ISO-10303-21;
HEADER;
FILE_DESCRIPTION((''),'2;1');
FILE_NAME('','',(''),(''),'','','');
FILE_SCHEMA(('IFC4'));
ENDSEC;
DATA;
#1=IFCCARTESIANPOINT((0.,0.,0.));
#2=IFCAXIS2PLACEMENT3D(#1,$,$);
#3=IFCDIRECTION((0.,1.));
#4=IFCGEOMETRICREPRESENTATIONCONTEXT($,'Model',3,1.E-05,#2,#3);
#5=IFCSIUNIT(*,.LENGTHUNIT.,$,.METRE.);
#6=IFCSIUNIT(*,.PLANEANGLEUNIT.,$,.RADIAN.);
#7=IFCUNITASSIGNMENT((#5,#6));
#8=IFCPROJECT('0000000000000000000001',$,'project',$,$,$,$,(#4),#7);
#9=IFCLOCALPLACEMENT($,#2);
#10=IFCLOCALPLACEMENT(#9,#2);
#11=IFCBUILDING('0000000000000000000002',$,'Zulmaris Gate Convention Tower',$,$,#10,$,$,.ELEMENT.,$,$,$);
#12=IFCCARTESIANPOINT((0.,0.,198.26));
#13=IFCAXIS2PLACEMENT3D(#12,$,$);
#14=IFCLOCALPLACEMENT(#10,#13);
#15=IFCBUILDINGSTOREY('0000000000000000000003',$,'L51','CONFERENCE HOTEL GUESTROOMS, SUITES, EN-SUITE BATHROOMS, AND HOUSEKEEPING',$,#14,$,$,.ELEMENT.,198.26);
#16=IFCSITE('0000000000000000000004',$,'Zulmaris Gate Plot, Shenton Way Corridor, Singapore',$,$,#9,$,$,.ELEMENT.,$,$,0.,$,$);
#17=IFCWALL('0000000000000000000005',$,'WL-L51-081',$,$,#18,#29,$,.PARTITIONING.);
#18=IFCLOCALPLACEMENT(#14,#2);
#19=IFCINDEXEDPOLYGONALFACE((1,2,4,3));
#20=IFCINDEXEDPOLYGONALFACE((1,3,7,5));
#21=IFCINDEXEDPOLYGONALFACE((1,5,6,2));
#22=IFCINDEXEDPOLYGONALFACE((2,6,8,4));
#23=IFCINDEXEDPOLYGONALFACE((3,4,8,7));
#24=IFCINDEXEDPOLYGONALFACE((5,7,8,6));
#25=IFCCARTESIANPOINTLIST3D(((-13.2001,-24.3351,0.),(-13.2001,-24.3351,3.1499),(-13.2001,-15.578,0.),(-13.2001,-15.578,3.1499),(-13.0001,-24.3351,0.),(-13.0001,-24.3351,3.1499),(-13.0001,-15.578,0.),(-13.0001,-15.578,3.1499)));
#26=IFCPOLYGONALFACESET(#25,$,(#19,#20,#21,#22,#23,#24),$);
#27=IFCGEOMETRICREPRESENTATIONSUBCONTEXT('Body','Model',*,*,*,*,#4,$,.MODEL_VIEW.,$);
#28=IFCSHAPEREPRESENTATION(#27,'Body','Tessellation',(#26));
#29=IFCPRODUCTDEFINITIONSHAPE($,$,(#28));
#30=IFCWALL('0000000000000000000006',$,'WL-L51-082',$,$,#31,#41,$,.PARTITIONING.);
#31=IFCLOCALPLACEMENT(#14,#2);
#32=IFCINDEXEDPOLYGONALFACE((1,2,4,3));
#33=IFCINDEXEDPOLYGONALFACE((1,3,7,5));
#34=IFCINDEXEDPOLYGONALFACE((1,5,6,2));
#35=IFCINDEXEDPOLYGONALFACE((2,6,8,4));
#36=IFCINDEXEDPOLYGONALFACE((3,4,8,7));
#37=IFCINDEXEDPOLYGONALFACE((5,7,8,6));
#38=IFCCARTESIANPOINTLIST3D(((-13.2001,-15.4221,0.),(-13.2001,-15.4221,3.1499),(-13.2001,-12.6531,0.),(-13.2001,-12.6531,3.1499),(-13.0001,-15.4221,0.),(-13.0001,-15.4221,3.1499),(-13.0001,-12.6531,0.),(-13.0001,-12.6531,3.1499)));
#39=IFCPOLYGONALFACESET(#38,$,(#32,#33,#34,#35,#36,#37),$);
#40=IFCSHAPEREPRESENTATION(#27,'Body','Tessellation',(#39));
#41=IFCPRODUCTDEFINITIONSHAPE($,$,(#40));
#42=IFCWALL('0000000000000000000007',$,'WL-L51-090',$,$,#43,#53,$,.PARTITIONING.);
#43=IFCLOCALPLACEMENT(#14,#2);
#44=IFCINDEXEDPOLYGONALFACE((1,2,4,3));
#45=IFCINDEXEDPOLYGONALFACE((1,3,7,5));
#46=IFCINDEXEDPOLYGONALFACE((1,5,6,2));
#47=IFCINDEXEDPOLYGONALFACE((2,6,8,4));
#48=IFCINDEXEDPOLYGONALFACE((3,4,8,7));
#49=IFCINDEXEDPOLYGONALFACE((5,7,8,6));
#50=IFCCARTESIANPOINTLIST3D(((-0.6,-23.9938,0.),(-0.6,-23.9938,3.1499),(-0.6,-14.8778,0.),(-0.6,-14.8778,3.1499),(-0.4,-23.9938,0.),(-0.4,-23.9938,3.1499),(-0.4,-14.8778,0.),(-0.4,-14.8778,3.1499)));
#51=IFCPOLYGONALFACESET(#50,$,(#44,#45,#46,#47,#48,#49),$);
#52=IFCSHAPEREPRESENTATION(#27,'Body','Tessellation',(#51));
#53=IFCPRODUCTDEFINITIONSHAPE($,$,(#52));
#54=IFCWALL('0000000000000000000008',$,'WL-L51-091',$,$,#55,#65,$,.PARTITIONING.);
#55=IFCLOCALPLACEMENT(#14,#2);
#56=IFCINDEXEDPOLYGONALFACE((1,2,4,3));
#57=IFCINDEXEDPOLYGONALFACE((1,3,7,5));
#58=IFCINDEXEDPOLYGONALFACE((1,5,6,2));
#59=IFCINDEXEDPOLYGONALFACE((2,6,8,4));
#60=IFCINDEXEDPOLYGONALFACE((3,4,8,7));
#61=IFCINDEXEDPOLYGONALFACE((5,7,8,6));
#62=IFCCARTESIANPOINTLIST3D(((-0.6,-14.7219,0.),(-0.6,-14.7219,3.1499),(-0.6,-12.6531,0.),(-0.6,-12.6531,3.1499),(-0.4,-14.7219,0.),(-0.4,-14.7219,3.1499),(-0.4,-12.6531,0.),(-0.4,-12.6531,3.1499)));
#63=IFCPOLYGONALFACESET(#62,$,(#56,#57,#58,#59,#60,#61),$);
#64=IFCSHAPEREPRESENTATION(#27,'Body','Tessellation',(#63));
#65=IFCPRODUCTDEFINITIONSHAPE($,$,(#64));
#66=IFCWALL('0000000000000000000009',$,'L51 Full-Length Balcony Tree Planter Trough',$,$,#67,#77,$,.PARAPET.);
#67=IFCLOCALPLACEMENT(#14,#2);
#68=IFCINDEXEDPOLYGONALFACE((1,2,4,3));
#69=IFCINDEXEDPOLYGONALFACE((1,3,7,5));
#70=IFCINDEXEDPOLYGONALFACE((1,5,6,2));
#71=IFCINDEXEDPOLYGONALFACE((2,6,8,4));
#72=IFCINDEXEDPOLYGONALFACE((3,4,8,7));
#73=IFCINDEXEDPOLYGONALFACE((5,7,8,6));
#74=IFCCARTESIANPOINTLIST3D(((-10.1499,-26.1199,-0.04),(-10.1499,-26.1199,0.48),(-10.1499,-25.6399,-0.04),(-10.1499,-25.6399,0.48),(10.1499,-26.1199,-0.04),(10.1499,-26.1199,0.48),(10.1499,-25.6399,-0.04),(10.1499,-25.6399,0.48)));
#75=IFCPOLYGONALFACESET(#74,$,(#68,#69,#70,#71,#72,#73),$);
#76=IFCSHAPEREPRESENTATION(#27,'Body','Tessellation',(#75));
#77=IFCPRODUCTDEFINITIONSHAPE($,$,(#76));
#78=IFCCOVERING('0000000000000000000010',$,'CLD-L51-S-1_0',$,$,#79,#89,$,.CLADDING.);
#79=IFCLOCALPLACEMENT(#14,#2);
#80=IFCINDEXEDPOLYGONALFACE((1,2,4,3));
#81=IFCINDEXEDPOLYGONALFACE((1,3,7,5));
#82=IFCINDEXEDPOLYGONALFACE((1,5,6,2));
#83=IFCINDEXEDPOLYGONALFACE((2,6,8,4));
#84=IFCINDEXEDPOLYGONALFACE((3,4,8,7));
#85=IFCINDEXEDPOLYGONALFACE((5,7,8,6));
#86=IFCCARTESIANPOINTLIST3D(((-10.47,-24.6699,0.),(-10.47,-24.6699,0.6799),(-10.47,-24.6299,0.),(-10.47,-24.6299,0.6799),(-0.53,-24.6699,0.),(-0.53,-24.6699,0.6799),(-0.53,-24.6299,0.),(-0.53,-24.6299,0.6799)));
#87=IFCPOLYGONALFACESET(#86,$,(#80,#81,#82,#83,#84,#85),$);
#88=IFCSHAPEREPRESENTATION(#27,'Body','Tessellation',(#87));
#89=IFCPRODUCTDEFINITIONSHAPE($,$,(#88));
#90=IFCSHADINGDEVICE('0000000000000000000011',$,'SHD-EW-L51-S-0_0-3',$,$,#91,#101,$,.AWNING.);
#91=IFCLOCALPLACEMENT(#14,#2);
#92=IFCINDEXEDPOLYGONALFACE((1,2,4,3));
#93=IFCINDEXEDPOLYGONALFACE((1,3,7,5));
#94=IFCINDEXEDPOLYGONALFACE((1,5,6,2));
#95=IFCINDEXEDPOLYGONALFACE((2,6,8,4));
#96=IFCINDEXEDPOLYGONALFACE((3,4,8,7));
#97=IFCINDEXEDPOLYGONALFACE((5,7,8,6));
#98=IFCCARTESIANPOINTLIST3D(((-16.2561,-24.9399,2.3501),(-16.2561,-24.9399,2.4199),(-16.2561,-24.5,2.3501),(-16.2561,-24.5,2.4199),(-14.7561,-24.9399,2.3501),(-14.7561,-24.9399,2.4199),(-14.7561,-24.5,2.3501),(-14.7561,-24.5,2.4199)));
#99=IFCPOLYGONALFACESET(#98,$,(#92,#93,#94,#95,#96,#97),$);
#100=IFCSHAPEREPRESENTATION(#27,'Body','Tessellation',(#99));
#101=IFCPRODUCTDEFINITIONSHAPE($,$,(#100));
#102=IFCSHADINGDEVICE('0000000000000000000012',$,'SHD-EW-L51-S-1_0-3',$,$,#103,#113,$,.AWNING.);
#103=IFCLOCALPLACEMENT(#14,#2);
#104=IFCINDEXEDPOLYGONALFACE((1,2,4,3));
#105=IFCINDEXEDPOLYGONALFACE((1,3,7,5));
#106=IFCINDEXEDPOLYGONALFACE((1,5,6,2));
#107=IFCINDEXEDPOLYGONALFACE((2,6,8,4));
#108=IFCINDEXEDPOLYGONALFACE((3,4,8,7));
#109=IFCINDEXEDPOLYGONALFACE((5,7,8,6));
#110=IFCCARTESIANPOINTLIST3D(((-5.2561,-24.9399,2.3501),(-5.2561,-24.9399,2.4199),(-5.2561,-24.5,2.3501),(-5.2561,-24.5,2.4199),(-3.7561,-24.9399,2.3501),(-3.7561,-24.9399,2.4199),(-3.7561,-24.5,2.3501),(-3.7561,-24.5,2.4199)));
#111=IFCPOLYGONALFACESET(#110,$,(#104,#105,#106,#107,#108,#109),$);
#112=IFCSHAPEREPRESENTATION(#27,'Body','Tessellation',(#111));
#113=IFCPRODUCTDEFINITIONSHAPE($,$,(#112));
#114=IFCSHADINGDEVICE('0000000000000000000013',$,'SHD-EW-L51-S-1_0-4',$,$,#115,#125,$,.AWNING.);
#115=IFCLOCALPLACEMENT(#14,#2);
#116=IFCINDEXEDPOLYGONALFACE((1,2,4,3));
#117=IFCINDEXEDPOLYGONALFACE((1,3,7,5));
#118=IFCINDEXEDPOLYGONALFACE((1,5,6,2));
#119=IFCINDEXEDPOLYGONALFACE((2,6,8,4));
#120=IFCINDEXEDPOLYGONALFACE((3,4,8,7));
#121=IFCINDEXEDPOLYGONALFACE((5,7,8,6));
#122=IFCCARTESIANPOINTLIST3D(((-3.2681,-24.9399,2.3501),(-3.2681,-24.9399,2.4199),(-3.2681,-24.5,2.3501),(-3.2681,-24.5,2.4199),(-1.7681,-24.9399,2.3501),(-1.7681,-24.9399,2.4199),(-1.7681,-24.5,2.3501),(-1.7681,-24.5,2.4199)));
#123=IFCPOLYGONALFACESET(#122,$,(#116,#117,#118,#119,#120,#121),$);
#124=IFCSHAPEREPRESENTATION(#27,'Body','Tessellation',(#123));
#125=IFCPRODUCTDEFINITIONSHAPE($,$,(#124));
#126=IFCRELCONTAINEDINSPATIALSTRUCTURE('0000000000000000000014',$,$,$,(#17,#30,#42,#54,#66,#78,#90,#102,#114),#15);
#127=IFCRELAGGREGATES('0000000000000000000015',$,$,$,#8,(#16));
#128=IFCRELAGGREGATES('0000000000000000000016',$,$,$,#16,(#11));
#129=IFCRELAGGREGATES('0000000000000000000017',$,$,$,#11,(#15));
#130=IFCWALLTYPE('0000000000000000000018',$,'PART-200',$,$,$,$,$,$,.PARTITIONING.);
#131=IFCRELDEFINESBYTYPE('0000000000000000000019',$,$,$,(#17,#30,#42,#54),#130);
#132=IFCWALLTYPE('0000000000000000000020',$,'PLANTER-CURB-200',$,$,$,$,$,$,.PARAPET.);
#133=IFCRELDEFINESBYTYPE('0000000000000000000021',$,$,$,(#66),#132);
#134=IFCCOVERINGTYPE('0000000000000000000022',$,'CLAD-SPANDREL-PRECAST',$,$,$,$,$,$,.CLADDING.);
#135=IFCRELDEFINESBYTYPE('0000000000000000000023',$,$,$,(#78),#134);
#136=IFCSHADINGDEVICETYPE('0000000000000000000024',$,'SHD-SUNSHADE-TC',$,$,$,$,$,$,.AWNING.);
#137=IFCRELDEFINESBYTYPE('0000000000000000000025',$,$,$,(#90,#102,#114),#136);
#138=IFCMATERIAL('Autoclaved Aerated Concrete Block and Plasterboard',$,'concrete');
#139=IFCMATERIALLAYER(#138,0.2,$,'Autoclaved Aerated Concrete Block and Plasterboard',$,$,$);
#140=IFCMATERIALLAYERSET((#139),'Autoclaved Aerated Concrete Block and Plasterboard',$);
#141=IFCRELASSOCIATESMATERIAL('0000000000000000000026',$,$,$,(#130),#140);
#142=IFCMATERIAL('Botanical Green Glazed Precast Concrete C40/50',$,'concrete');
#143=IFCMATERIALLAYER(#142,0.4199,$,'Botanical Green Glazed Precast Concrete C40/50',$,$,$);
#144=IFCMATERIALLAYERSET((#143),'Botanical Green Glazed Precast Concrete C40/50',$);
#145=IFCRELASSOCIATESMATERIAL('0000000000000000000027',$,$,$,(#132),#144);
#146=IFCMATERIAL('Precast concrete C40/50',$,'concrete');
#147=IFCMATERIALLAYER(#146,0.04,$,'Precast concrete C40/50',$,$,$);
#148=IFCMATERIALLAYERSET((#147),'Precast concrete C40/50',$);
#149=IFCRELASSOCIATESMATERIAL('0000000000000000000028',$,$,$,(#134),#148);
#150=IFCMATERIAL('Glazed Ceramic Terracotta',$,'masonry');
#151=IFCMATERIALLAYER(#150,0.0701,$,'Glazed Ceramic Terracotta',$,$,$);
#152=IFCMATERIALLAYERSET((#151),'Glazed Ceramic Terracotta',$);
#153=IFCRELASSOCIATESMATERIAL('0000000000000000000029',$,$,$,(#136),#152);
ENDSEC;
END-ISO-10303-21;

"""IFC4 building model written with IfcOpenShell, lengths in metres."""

from ifc_helpers import new_model, si_unit, direction, frame, frame_2d, origin, place, context, subcontext, project, spatial, rectangle, extrude, material, layer, layer_set, type_object, element, save


model = new_model("IFC4")

# Units and contexts
model_context = context("Model", 3, precision=1e-05, world=origin(), true_north=direction((0.0, 1.0)))
body_context = subcontext(model_context, "Body", "Model", "MODEL_VIEW")
ifc_project = project(units=[si_unit("LENGTHUNIT", "METRE"), si_unit("PLANEANGLEUNIT", "RADIAN")], contexts=[model_context])

# Site, building, storey
site_placement = place(None, origin())
site = spatial("IfcSite", under=ifc_project, at=site_placement, Name="Zulmaris Gate Plot, Shenton Way Corridor, Singapore", CompositionType="ELEMENT", RefElevation=0.0)
building_placement = place(site_placement, origin())
building = spatial("IfcBuilding", under=site, at=building_placement, Name="Zulmaris Gate Convention Tower", CompositionType="ELEMENT")
storey_placement = place(building_placement, frame((0.0, 0.0, 198.26)))
storey = spatial("IfcBuildingStorey", under=building, at=storey_placement, Name="L51", Description="CONFERENCE HOTEL GUESTROOMS, SUITES, EN-SUITE BATHROOMS, AND HOUSEKEEPING", CompositionType="ELEMENT", Elevation=198.26)

# Walls
ifc_material_1 = material(Name="Autoclaved Aerated Concrete Block and Plasterboard", Category="concrete")
ifc_layer_1 = layer(ifc_material_1, 0.2, Name="Autoclaved Aerated Concrete Block and Plasterboard")
ifc_layer_set_1 = layer_set([ifc_layer_1], Name="Autoclaved Aerated Concrete Block and Plasterboard")
wall_type_1 = type_object("IfcWallType", Name="PART-200", PredefinedType="PARTITIONING", material=ifc_layer_set_1)
wall_1_placement = place(storey_placement, frame((-13.1001, -24.335, 0.0), z_axis=(0.0, 0.0, 1.0), x_axis=(0.0, 1.0, 0.0)))
element("IfcWall", 1, at=wall_1_placement, inside=storey, type_object=wall_type_1, Name="WL-L51-081", PredefinedType="PARTITIONING", context=body_context, shape_type="SweptSolid", body=[
    extrude(rectangle(XDim=8.7571, YDim=0.2, at=frame_2d((4.3784, 0.0))), origin(), (0.0, 0.0, 1.0), 3.1499),
])
wall_2_placement = place(storey_placement, frame((-13.1001, -15.4221, 0.0), z_axis=(0.0, 0.0, 1.0), x_axis=(0.0, 1.0, 0.0)))
element("IfcWall", 2, at=wall_2_placement, inside=storey, type_object=wall_type_1, Name="WL-L51-082", PredefinedType="PARTITIONING", context=body_context, shape_type="SweptSolid", body=[
    extrude(rectangle(XDim=2.769, YDim=0.2, at=frame_2d((1.3845, 0.0))), origin(), (0.0, 0.0, 1.0), 3.1499),
])
wall_3_placement = place(storey_placement, frame((-0.5, -23.9939, 0.0), z_axis=(0.0, 0.0, 1.0), x_axis=(0.0, 1.0, 0.0)))
element("IfcWall", 3, at=wall_3_placement, inside=storey, type_object=wall_type_1, Name="WL-L51-090", PredefinedType="PARTITIONING", context=body_context, shape_type="SweptSolid", body=[
    extrude(rectangle(XDim=9.116, YDim=0.2, at=frame_2d((4.5581, 0.0))), origin(), (0.0, 0.0, 1.0), 3.1499),
])
wall_4_placement = place(storey_placement, frame((-0.5, -14.7219, 0.0), z_axis=(0.0, 0.0, 1.0), x_axis=(0.0, 1.0, 0.0)))
element("IfcWall", 4, at=wall_4_placement, inside=storey, type_object=wall_type_1, Name="WL-L51-091", PredefinedType="PARTITIONING", context=body_context, shape_type="SweptSolid", body=[
    extrude(rectangle(XDim=2.0688, YDim=0.2, at=frame_2d((1.0344, 0.0))), origin(), (0.0, 0.0, 1.0), 3.1499),
])
ifc_material_2 = material(Name="Botanical Green Glazed Precast Concrete C40/50", Category="concrete")
ifc_layer_2 = layer(ifc_material_2, 0.4199, Name="Botanical Green Glazed Precast Concrete C40/50")
ifc_layer_set_2 = layer_set([ifc_layer_2], Name="Botanical Green Glazed Precast Concrete C40/50")
wall_type_2 = type_object("IfcWallType", Name="PLANTER-CURB-200", PredefinedType="PARAPET", material=ifc_layer_set_2)
wall_5_placement = place(storey_placement, frame((-10.1499, -25.8799, -0.04), z_axis=(0.0, 0.0, 1.0), x_axis=(1.0, 0.0, 0.0)))
element("IfcWall", 5, at=wall_5_placement, inside=storey, type_object=wall_type_2, Name="L51 Full-Length Balcony Tree Planter Trough", PredefinedType="PARAPET", context=body_context, shape_type="SweptSolid", body=[
    extrude(rectangle(XDim=20.2998, YDim=0.48, at=frame_2d((10.1499, 0.0))), origin(), (0.0, 0.0, 1.0), 0.52),
])

# Shared definitions
ifc_material_3 = material(Name="Precast concrete C40/50", Category="concrete")

# Covering
ifc_layer_3 = layer(ifc_material_3, 0.04, Name="Precast concrete C40/50")
ifc_layer_set_3 = layer_set([ifc_layer_3], Name="Precast concrete C40/50")
covering_type = type_object("IfcCoveringType", Name="CLAD-SPANDREL-PRECAST", PredefinedType="CLADDING", material=ifc_layer_set_3)
covering_placement = place(storey_placement, frame((-10.47, -24.6499, 0.0), z_axis=(0.0, 0.0, 1.0), x_axis=(1.0, 0.0, 0.0)))
element("IfcCovering", 6, at=covering_placement, inside=storey, type_object=covering_type, Name="CLD-L51-S-1_0", PredefinedType="CLADDING", context=body_context, shape_type="SweptSolid", body=[
    extrude(rectangle(XDim=9.9399, YDim=0.04, at=frame_2d((4.97, 0.0))), origin(), (0.0, 0.0, 1.0), 0.6799),
])

# Shading devices
ifc_material_4 = material(Name="Glazed Ceramic Terracotta", Category="masonry")
ifc_layer_4 = layer(ifc_material_4, 0.0701, Name="Glazed Ceramic Terracotta")
ifc_layer_set_4 = layer_set([ifc_layer_4], Name="Glazed Ceramic Terracotta")
shading_device_type = type_object("IfcShadingDeviceType", Name="SHD-SUNSHADE-TC", PredefinedType="AWNING", material=ifc_layer_set_4)
for number, where, z_axis, x_axis, name in (
    (7, (-16.2561, -24.72, 2.3501), (0.0, 0.0, 1.0), (1.0, 0.0, 0.0), "SHD-EW-L51-S-0_0-3"),
    (8, (-5.2561, -24.72, 2.3501), (0.0, 0.0, 1.0), (1.0, 0.0, 0.0), "SHD-EW-L51-S-1_0-3"),
    (9, (-3.2681, -24.72, 2.3501), (0.0, 0.0, 1.0), (1.0, 0.0, 0.0), "SHD-EW-L51-S-1_0-4"),
):
    element("IfcShadingDevice", number, at=place(storey_placement, frame(where, z_axis=z_axis, x_axis=x_axis)), inside=storey, type_object=shading_device_type, Name=name, PredefinedType="AWNING", context=body_context, shape_type="SweptSolid", body=[
        extrude(rectangle(XDim=1.5, YDim=0.4399, at=frame_2d((0.75, 0.0))), origin(), (0.0, 0.0, 1.0), 0.0698),
    ])

save(model, "model.ifc")
